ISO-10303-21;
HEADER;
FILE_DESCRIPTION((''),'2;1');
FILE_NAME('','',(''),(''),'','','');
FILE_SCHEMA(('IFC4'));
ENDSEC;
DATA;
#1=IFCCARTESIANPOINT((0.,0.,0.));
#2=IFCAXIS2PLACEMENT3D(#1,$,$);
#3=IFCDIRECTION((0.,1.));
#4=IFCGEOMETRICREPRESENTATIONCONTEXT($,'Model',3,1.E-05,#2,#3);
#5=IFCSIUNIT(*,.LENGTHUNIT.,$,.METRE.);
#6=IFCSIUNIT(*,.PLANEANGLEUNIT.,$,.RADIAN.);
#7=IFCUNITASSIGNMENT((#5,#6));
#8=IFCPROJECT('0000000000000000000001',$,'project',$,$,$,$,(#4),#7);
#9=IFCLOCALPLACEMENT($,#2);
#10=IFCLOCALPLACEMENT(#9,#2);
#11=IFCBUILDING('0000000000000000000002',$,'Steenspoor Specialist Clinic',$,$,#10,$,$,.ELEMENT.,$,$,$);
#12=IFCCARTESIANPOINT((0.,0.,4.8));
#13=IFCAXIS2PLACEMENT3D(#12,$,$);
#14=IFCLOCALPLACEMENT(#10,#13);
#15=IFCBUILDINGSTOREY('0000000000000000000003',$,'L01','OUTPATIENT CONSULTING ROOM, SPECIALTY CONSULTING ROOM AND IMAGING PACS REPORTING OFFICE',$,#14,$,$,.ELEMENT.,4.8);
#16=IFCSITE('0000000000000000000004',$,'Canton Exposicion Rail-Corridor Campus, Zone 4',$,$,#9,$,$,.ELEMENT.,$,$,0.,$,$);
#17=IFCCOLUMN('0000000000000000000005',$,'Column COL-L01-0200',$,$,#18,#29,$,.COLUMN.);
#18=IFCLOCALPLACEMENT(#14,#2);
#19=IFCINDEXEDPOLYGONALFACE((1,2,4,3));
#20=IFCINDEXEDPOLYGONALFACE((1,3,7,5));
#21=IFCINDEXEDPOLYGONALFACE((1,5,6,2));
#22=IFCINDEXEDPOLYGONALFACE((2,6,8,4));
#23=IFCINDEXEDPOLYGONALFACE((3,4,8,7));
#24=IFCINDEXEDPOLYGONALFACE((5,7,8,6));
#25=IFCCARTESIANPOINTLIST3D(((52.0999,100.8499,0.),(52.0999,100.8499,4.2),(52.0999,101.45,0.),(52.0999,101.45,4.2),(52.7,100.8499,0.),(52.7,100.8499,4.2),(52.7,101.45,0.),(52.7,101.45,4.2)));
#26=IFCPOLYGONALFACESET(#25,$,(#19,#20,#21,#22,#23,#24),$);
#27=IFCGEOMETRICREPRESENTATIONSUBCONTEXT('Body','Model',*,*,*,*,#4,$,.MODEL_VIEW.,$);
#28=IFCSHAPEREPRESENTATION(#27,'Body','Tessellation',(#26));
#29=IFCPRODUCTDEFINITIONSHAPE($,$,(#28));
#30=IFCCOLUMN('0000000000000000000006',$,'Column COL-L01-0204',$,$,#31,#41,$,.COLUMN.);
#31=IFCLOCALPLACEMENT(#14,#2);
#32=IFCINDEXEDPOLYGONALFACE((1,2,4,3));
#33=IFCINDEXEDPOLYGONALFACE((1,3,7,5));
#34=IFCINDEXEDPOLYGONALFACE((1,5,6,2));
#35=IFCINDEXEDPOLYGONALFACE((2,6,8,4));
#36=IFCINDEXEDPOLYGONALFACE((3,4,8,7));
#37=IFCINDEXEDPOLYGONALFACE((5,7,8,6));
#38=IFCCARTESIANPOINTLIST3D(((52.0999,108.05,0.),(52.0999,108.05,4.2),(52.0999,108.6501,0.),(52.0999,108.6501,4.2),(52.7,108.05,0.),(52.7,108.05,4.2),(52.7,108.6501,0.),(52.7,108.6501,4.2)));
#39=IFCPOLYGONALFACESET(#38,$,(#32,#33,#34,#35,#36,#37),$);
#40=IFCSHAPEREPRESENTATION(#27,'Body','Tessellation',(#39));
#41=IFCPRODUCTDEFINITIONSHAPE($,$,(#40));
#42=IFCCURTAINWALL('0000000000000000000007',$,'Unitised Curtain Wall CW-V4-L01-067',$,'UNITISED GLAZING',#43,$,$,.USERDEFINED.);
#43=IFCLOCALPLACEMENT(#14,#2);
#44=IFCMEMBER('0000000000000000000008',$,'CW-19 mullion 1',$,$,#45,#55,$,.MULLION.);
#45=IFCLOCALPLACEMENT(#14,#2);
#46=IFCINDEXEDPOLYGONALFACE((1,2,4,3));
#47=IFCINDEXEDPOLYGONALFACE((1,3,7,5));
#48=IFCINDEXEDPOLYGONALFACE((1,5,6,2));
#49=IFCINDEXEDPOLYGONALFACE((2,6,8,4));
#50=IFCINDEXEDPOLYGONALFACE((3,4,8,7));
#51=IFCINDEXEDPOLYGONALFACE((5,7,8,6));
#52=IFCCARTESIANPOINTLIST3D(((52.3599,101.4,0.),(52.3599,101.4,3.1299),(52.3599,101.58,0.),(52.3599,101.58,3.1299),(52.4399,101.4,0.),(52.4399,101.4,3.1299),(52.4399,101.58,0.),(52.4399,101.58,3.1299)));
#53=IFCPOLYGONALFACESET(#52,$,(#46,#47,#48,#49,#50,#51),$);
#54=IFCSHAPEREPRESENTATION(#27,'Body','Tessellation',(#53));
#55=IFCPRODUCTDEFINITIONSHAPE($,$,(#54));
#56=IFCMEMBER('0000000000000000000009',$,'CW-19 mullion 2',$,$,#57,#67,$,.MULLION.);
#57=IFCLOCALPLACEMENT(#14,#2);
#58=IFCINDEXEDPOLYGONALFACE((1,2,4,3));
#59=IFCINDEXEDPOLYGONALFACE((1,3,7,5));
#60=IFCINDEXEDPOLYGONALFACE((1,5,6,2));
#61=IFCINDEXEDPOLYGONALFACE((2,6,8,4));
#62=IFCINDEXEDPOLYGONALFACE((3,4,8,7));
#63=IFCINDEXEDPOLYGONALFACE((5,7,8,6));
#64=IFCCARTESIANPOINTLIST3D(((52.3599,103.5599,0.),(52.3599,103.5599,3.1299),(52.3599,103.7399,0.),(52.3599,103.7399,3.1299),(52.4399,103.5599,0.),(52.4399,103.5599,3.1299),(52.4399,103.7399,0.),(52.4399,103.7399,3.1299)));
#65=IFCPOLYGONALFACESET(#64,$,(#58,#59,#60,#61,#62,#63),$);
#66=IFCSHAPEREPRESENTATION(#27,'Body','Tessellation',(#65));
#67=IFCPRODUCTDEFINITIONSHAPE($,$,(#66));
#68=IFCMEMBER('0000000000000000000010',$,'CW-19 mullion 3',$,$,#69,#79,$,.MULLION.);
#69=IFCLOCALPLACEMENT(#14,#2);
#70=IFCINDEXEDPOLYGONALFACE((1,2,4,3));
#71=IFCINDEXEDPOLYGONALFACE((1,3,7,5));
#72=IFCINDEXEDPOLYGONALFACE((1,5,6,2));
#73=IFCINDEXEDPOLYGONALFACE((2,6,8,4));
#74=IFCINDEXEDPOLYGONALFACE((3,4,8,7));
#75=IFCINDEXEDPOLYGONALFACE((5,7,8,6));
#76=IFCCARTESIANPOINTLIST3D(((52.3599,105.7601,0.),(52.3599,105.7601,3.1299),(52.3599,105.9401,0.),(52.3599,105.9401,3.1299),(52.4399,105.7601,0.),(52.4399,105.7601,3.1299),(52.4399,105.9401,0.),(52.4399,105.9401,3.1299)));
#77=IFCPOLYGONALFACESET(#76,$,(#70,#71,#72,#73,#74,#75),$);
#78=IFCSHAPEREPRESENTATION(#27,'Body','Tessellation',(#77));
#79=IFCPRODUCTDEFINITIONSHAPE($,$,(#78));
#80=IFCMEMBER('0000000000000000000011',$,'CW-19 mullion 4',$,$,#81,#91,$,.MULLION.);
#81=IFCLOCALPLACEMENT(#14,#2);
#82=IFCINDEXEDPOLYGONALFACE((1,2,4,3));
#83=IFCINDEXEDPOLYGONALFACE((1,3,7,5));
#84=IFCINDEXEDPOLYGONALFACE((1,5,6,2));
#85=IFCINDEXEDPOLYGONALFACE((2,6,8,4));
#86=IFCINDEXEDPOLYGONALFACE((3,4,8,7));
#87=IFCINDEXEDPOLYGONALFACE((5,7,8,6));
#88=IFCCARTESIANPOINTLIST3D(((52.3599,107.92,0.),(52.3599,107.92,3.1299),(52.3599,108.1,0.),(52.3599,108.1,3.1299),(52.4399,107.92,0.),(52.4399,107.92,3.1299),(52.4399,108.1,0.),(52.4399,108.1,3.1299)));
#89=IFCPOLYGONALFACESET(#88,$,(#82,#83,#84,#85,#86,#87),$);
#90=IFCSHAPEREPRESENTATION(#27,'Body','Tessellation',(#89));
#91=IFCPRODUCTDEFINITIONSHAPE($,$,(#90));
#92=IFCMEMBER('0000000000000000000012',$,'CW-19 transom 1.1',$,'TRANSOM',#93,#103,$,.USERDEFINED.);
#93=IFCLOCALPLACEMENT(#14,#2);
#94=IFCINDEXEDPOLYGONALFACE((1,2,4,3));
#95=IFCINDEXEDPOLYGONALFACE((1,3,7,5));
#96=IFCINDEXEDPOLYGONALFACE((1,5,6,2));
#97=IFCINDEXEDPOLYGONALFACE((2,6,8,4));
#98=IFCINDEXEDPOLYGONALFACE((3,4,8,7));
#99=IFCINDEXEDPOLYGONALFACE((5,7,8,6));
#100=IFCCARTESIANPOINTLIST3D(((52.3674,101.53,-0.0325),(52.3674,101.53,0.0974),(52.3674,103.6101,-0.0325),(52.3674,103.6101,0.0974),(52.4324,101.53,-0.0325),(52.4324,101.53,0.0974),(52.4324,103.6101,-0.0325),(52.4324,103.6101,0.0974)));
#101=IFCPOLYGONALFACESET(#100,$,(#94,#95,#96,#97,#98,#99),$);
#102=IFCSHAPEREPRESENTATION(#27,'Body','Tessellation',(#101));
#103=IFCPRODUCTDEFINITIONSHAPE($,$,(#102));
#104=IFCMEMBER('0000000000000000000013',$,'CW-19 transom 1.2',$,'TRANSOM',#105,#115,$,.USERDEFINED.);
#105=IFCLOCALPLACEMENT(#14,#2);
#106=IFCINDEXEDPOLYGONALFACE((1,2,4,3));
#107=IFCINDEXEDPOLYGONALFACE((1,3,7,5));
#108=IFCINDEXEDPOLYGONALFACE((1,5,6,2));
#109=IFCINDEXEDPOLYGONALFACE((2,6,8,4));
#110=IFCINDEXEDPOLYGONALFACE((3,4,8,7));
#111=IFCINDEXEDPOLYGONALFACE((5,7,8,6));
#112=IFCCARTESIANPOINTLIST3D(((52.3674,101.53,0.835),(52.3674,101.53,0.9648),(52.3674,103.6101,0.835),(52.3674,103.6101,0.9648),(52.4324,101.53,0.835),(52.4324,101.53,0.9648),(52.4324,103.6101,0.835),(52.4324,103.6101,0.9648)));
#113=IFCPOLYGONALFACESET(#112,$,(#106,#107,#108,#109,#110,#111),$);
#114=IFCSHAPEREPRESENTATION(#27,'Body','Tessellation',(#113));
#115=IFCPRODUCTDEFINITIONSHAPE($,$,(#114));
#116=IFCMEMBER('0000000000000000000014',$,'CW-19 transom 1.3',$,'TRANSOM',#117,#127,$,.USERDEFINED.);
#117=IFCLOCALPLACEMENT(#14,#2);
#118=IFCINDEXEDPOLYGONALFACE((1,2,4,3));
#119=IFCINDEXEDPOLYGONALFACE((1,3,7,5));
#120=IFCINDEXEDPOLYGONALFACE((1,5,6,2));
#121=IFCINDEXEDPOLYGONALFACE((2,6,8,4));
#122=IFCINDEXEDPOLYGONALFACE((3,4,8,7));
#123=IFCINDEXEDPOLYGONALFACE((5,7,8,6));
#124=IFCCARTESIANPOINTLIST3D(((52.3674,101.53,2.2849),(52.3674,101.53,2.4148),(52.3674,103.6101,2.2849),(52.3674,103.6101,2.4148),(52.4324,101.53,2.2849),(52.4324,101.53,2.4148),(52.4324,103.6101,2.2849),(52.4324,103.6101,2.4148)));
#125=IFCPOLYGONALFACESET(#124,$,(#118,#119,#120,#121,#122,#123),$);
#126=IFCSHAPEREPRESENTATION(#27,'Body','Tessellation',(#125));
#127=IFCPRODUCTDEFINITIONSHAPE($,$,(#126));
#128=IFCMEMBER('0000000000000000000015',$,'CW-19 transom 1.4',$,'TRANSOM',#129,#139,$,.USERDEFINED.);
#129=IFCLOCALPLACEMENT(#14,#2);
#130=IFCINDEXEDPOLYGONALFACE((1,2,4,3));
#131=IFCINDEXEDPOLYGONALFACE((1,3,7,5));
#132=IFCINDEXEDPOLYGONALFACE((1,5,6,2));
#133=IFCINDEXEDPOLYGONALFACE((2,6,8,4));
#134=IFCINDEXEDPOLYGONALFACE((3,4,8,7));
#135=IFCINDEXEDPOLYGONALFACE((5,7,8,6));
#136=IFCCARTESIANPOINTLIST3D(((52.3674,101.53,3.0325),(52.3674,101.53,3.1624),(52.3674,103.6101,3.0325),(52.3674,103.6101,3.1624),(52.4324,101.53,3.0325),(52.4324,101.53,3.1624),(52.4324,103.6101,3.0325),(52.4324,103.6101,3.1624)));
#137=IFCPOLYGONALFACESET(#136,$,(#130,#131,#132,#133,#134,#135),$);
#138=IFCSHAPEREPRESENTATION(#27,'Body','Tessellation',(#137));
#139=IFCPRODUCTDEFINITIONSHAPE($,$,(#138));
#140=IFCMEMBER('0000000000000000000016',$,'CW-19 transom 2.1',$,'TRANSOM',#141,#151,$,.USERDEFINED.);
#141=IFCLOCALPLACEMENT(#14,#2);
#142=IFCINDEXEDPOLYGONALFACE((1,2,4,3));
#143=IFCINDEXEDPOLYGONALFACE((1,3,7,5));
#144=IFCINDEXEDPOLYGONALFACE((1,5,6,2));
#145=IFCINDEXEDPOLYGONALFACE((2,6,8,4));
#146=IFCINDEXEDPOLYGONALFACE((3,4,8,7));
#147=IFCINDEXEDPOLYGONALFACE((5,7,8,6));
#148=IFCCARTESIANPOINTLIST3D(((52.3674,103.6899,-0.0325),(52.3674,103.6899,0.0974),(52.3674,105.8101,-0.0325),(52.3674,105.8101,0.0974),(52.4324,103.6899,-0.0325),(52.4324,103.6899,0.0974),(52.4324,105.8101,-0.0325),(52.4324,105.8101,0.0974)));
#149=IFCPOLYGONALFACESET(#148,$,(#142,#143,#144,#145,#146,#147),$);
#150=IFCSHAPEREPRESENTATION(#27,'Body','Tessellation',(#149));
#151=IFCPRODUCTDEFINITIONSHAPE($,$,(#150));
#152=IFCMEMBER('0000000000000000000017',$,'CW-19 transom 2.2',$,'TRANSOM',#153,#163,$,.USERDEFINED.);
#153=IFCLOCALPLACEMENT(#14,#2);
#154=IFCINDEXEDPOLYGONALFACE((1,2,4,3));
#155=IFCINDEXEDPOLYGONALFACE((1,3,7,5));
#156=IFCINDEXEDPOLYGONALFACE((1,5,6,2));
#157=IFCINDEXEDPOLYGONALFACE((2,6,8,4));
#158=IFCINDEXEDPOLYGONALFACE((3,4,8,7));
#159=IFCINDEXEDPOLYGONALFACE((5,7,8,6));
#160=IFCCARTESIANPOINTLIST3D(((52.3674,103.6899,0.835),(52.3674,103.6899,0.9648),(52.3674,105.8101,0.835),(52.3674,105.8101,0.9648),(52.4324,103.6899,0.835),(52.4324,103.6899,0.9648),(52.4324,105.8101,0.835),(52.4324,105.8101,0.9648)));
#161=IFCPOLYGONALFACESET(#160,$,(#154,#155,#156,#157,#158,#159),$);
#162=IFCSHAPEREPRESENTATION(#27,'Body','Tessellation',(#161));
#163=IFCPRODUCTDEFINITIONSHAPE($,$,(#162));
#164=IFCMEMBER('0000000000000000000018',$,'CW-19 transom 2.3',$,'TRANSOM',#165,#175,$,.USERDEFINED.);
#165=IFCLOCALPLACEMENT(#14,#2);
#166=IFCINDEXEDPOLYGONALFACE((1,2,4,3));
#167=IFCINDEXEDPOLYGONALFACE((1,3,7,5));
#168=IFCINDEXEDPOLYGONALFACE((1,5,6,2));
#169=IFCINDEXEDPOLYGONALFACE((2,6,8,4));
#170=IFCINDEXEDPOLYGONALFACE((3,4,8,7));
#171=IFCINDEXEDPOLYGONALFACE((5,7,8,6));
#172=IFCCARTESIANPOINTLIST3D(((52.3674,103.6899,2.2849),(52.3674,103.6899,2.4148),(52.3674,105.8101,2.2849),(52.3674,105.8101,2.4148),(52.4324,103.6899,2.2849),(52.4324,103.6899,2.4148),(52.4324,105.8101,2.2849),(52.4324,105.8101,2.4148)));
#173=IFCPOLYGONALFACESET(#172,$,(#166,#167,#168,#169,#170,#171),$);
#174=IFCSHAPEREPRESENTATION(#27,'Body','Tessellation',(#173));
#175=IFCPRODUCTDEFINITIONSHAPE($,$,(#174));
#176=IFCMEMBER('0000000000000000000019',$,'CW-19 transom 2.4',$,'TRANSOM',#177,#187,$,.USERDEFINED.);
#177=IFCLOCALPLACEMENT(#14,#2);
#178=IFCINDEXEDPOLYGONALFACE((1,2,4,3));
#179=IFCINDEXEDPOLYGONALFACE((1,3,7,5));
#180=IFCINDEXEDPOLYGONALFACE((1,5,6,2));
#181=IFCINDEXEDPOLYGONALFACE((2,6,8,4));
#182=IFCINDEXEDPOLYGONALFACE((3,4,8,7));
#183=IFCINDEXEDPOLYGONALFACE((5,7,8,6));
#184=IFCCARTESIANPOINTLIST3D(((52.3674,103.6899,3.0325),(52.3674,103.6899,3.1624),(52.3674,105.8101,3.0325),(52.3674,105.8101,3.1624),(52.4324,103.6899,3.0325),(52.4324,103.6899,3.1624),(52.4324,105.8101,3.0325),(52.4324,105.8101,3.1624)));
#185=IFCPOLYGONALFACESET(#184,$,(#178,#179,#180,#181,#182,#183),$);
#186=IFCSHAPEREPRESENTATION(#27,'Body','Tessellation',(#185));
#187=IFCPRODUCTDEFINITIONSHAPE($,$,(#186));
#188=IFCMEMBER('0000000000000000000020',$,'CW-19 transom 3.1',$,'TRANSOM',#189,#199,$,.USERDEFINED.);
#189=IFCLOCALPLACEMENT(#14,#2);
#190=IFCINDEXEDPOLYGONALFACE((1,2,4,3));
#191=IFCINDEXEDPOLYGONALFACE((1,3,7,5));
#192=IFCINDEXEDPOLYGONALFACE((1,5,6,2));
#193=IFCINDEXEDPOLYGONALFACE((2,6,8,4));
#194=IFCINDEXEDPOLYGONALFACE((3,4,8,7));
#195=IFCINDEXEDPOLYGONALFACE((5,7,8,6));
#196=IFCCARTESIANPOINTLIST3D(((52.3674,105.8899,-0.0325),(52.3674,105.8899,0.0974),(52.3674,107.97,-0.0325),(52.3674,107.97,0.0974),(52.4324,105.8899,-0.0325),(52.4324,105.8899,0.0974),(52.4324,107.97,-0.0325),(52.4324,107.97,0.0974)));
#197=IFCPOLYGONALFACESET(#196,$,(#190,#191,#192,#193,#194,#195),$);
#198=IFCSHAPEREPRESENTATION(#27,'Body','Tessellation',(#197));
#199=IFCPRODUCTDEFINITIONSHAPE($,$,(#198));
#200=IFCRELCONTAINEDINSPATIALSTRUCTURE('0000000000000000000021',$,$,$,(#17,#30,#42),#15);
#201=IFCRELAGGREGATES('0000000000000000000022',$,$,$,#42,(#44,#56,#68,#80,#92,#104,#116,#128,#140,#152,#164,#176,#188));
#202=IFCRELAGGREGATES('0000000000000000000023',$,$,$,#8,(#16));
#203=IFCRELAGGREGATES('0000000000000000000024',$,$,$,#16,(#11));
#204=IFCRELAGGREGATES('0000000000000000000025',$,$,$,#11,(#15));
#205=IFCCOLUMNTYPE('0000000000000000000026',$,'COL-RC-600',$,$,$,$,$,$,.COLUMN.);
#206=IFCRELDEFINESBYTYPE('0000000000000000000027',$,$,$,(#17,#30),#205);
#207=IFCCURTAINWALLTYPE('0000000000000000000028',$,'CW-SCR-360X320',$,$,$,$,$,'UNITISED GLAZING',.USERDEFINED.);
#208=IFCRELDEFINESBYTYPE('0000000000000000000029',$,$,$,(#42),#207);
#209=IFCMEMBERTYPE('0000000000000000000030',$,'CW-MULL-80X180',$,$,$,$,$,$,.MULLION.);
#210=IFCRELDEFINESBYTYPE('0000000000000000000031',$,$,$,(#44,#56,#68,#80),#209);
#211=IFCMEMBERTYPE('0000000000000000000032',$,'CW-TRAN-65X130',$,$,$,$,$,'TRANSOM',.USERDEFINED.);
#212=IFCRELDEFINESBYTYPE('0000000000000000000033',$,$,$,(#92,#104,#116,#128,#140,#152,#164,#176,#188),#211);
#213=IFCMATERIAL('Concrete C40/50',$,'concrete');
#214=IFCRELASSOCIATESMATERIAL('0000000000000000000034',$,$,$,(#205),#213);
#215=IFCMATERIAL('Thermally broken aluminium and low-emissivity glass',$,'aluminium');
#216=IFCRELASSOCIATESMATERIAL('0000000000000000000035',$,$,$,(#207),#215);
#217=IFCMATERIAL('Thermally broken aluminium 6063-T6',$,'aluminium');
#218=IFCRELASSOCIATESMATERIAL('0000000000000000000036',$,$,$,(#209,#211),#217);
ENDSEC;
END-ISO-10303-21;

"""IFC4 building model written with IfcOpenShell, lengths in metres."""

from ifc_helpers import new_model, si_unit, direction, frame, origin, origin_2d, place, context, subcontext, project, spatial, rectangle, extrude, material, material_profile, profile_set, type_object, element, aggregate, save


model = new_model("IFC4")

# Units and contexts
model_context = context("Model", 3, precision=1e-05, world=origin(), true_north=direction((0.0, 1.0)))
body_context = subcontext(model_context, "Body", "Model", "MODEL_VIEW")
ifc_project = project(units=[si_unit("LENGTHUNIT", "METRE"), si_unit("PLANEANGLEUNIT", "RADIAN")], contexts=[model_context])

# Site, building, storey
site_placement = place(None, origin())
site = spatial("IfcSite", under=ifc_project, at=site_placement, Name="Canton Exposicion Rail-Corridor Campus, Zone 4", CompositionType="ELEMENT", RefElevation=0.0)
building_placement = place(site_placement, origin())
building = spatial("IfcBuilding", under=site, at=building_placement, Name="Steenspoor Specialist Clinic", CompositionType="ELEMENT")
storey_placement = place(building_placement, frame((0.0, 0.0, 4.8)))
storey = spatial("IfcBuildingStorey", under=building, at=storey_placement, Name="L01", Description="OUTPATIENT CONSULTING ROOM, SPECIALTY CONSULTING ROOM AND IMAGING PACS REPORTING OFFICE", CompositionType="ELEMENT", Elevation=4.8)

# Columns
ifc_material_1 = material(Name="Concrete C40/50", Category="concrete")
ifc_material_profile_1 = material_profile(ifc_material_1, rectangle(XDim=0.6001, YDim=0.6001, at=origin_2d()), Name="RC-COL-600X600")
ifc_profile_set_1 = profile_set([ifc_material_profile_1], Name="Concrete C40/50")
column_type = type_object("IfcColumnType", Name="COL-RC-600", PredefinedType="COLUMN", material=ifc_profile_set_1)
for number, where, z_axis, x_axis, name in (
    (1, (52.3999, 101.1499, 0.0), (0.0, 0.0, 1.0), (1.0, 0.0, 0.0), "Column COL-L01-0200"),
    (2, (52.3999, 108.3501, 0.0), (0.0, 0.0, 1.0), (1.0, 0.0, 0.0), "Column COL-L01-0204"),
):
    element("IfcColumn", number, at=place(storey_placement, frame(where, z_axis=z_axis, x_axis=x_axis)), inside=storey, type_object=column_type, Name=name, PredefinedType="COLUMN", context=body_context, shape_type="SweptSolid", body=[
        extrude(rectangle(XDim=0.6001, YDim=0.6001, at=origin_2d()), origin(), (0.0, 0.0, 1.0), 4.2),
    ])

# Curtain wall, members
ifc_material_2 = material(Name="Thermally broken aluminium and low-emissivity glass", Category="aluminium")
curtain_wall_type = type_object("IfcCurtainWallType", Name="CW-SCR-360X320", ElementType="UNITISED GLAZING", PredefinedType="USERDEFINED", material=ifc_material_2)
curtain_wall_placement = place(storey_placement, origin())
curtain_wall = element("IfcCurtainWall", 3, at=curtain_wall_placement, inside=storey, type_object=curtain_wall_type, Name="Unitised Curtain Wall CW-V4-L01-067", ObjectType="UNITISED GLAZING", PredefinedType="USERDEFINED")
ifc_material_3 = material(Name="Thermally broken aluminium 6063-T6", Category="aluminium")
ifc_material_profile_2 = material_profile(ifc_material_3, rectangle(XDim=0.0801, YDim=0.1799, at=origin_2d()), Name="CWM-80X180")
ifc_profile_set_2 = profile_set([ifc_material_profile_2], Name="Thermally broken aluminium 6063-T6")
member_type_1 = type_object("IfcMemberType", Name="CW-MULL-80X180", PredefinedType="MULLION", material=ifc_profile_set_2)
member_1_placement = place(storey_placement, frame((52.3999, 101.49, 0.0), z_axis=(0.0, 0.0, 1.0), x_axis=(-1.0, 0.0, 0.0)))
member_1 = element("IfcMember", 4, at=member_1_placement, type_object=member_type_1, Name="CW-19 mullion 1", PredefinedType="MULLION", context=body_context, shape_type="SweptSolid", body=[
    extrude(rectangle(XDim=0.0801, YDim=0.1799, at=origin_2d()), origin(), (0.0, 0.0, 1.0), 3.1299),
])
member_2_placement = place(storey_placement, frame((52.3999, 103.6499, 0.0), z_axis=(0.0, 0.0, 1.0), x_axis=(-1.0, 0.0, 0.0)))
member_2 = element("IfcMember", 5, at=member_2_placement, type_object=member_type_1, Name="CW-19 mullion 2", PredefinedType="MULLION", context=body_context, shape_type="SweptSolid", body=[
    extrude(rectangle(XDim=0.0801, YDim=0.1799, at=origin_2d()), origin(), (0.0, 0.0, 1.0), 3.1299),
])
member_3_placement = place(storey_placement, frame((52.3999, 105.8501, 0.0), z_axis=(0.0, 0.0, 1.0), x_axis=(-1.0, 0.0, 0.0)))
member_3 = element("IfcMember", 6, at=member_3_placement, type_object=member_type_1, Name="CW-19 mullion 3", PredefinedType="MULLION", context=body_context, shape_type="SweptSolid", body=[
    extrude(rectangle(XDim=0.0801, YDim=0.1799, at=origin_2d()), origin(), (0.0, 0.0, 1.0), 3.1299),
])
member_4_placement = place(storey_placement, frame((52.3999, 108.01, 0.0), z_axis=(0.0, 0.0, 1.0), x_axis=(-1.0, 0.0, 0.0)))
member_4 = element("IfcMember", 7, at=member_4_placement, type_object=member_type_1, Name="CW-19 mullion 4", PredefinedType="MULLION", context=body_context, shape_type="SweptSolid", body=[
    extrude(rectangle(XDim=0.0801, YDim=0.1799, at=origin_2d()), origin(), (0.0, 0.0, 1.0), 3.1299),
])
ifc_material_profile_3 = material_profile(ifc_material_3, rectangle(XDim=0.0649, YDim=0.1299, at=origin_2d()), Name="CWT-65X130")
ifc_profile_set_3 = profile_set([ifc_material_profile_3], Name="Thermally broken aluminium 6063-T6")
member_type_2 = type_object("IfcMemberType", Name="CW-TRAN-65X130", ElementType="TRANSOM", PredefinedType="USERDEFINED", material=ifc_profile_set_3)
member_5_placement = place(storey_placement, frame((52.3999, 101.53, 0.0325), z_axis=(0.0, 1.0, 0.0), x_axis=(-1.0, 0.0, 0.0)))
member_5 = element("IfcMember", 8, at=member_5_placement, type_object=member_type_2, Name="CW-19 transom 1.1", ObjectType="TRANSOM", PredefinedType="USERDEFINED", context=body_context, shape_type="SweptSolid", body=[
    extrude(rectangle(XDim=0.0649, YDim=0.1299, at=origin_2d()), origin(), (0.0, 0.0, 1.0), 2.0801),
])
member_6_placement = place(storey_placement, frame((52.3999, 101.53, 0.8999), z_axis=(0.0, 1.0, 0.0), x_axis=(-1.0, 0.0, 0.0)))
member_6 = element("IfcMember", 9, at=member_6_placement, type_object=member_type_2, Name="CW-19 transom 1.2", ObjectType="TRANSOM", PredefinedType="USERDEFINED", context=body_context, shape_type="SweptSolid", body=[
    extrude(rectangle(XDim=0.0649, YDim=0.1299, at=origin_2d()), origin(), (0.0, 0.0, 1.0), 2.0801),
])
member_7_placement = place(storey_placement, frame((52.3999, 101.53, 2.3499), z_axis=(0.0, 1.0, 0.0), x_axis=(-1.0, 0.0, 0.0)))
member_7 = element("IfcMember", 10, at=member_7_placement, type_object=member_type_2, Name="CW-19 transom 1.3", ObjectType="TRANSOM", PredefinedType="USERDEFINED", context=body_context, shape_type="SweptSolid", body=[
    extrude(rectangle(XDim=0.0649, YDim=0.1299, at=origin_2d()), origin(), (0.0, 0.0, 1.0), 2.0801),
])
member_8_placement = place(storey_placement, frame((52.3999, 101.53, 3.0974), z_axis=(0.0, 1.0, 0.0), x_axis=(-1.0, 0.0, 0.0)))
member_8 = element("IfcMember", 11, at=member_8_placement, type_object=member_type_2, Name="CW-19 transom 1.4", ObjectType="TRANSOM", PredefinedType="USERDEFINED", context=body_context, shape_type="SweptSolid", body=[
    extrude(rectangle(XDim=0.0649, YDim=0.1299, at=origin_2d()), origin(), (0.0, 0.0, 1.0), 2.0801),
])
member_9_placement = place(storey_placement, frame((52.3999, 103.6899, 0.0325), z_axis=(0.0, 1.0, 0.0), x_axis=(-1.0, 0.0, 0.0)))
member_9 = element("IfcMember", 12, at=member_9_placement, type_object=member_type_2, Name="CW-19 transom 2.1", ObjectType="TRANSOM", PredefinedType="USERDEFINED", context=body_context, shape_type="SweptSolid", body=[
    extrude(rectangle(XDim=0.0649, YDim=0.1299, at=origin_2d()), origin(), (0.0, 0.0, 1.0), 2.1201),
])
member_10_placement = place(storey_placement, frame((52.3999, 103.6899, 0.8999), z_axis=(0.0, 1.0, 0.0), x_axis=(-1.0, 0.0, 0.0)))
member_10 = element("IfcMember", 13, at=member_10_placement, type_object=member_type_2, Name="CW-19 transom 2.2", ObjectType="TRANSOM", PredefinedType="USERDEFINED", context=body_context, shape_type="SweptSolid", body=[
    extrude(rectangle(XDim=0.0649, YDim=0.1299, at=origin_2d()), origin(), (0.0, 0.0, 1.0), 2.1201),
])
member_11_placement = place(storey_placement, frame((52.3999, 103.6899, 2.3499), z_axis=(0.0, 1.0, 0.0), x_axis=(-1.0, 0.0, 0.0)))
member_11 = element("IfcMember", 14, at=member_11_placement, type_object=member_type_2, Name="CW-19 transom 2.3", ObjectType="TRANSOM", PredefinedType="USERDEFINED", context=body_context, shape_type="SweptSolid", body=[
    extrude(rectangle(XDim=0.0649, YDim=0.1299, at=origin_2d()), origin(), (0.0, 0.0, 1.0), 2.1201),
])
member_12_placement = place(storey_placement, frame((52.3999, 103.6899, 3.0974), z_axis=(0.0, 1.0, 0.0), x_axis=(-1.0, 0.0, 0.0)))
member_12 = element("IfcMember", 15, at=member_12_placement, type_object=member_type_2, Name="CW-19 transom 2.4", ObjectType="TRANSOM", PredefinedType="USERDEFINED", context=body_context, shape_type="SweptSolid", body=[
    extrude(rectangle(XDim=0.0649, YDim=0.1299, at=origin_2d()), origin(), (0.0, 0.0, 1.0), 2.1201),
])
member_13_placement = place(storey_placement, frame((52.3999, 105.8899, 0.0325), z_axis=(0.0, 1.0, 0.0), x_axis=(-1.0, 0.0, 0.0)))
member_13 = element("IfcMember", 16, at=member_13_placement, type_object=member_type_2, Name="CW-19 transom 3.1", ObjectType="TRANSOM", PredefinedType="USERDEFINED", context=body_context, shape_type="SweptSolid", body=[
    extrude(rectangle(XDim=0.0649, YDim=0.1299, at=origin_2d()), origin(), (0.0, 0.0, 1.0), 2.0801),
])

aggregate(curtain_wall, [member_1, member_2, member_3, member_4, member_5, member_6, member_7, member_8, member_9, member_10, member_11, member_12, member_13])

save(model, "model.ifc")
